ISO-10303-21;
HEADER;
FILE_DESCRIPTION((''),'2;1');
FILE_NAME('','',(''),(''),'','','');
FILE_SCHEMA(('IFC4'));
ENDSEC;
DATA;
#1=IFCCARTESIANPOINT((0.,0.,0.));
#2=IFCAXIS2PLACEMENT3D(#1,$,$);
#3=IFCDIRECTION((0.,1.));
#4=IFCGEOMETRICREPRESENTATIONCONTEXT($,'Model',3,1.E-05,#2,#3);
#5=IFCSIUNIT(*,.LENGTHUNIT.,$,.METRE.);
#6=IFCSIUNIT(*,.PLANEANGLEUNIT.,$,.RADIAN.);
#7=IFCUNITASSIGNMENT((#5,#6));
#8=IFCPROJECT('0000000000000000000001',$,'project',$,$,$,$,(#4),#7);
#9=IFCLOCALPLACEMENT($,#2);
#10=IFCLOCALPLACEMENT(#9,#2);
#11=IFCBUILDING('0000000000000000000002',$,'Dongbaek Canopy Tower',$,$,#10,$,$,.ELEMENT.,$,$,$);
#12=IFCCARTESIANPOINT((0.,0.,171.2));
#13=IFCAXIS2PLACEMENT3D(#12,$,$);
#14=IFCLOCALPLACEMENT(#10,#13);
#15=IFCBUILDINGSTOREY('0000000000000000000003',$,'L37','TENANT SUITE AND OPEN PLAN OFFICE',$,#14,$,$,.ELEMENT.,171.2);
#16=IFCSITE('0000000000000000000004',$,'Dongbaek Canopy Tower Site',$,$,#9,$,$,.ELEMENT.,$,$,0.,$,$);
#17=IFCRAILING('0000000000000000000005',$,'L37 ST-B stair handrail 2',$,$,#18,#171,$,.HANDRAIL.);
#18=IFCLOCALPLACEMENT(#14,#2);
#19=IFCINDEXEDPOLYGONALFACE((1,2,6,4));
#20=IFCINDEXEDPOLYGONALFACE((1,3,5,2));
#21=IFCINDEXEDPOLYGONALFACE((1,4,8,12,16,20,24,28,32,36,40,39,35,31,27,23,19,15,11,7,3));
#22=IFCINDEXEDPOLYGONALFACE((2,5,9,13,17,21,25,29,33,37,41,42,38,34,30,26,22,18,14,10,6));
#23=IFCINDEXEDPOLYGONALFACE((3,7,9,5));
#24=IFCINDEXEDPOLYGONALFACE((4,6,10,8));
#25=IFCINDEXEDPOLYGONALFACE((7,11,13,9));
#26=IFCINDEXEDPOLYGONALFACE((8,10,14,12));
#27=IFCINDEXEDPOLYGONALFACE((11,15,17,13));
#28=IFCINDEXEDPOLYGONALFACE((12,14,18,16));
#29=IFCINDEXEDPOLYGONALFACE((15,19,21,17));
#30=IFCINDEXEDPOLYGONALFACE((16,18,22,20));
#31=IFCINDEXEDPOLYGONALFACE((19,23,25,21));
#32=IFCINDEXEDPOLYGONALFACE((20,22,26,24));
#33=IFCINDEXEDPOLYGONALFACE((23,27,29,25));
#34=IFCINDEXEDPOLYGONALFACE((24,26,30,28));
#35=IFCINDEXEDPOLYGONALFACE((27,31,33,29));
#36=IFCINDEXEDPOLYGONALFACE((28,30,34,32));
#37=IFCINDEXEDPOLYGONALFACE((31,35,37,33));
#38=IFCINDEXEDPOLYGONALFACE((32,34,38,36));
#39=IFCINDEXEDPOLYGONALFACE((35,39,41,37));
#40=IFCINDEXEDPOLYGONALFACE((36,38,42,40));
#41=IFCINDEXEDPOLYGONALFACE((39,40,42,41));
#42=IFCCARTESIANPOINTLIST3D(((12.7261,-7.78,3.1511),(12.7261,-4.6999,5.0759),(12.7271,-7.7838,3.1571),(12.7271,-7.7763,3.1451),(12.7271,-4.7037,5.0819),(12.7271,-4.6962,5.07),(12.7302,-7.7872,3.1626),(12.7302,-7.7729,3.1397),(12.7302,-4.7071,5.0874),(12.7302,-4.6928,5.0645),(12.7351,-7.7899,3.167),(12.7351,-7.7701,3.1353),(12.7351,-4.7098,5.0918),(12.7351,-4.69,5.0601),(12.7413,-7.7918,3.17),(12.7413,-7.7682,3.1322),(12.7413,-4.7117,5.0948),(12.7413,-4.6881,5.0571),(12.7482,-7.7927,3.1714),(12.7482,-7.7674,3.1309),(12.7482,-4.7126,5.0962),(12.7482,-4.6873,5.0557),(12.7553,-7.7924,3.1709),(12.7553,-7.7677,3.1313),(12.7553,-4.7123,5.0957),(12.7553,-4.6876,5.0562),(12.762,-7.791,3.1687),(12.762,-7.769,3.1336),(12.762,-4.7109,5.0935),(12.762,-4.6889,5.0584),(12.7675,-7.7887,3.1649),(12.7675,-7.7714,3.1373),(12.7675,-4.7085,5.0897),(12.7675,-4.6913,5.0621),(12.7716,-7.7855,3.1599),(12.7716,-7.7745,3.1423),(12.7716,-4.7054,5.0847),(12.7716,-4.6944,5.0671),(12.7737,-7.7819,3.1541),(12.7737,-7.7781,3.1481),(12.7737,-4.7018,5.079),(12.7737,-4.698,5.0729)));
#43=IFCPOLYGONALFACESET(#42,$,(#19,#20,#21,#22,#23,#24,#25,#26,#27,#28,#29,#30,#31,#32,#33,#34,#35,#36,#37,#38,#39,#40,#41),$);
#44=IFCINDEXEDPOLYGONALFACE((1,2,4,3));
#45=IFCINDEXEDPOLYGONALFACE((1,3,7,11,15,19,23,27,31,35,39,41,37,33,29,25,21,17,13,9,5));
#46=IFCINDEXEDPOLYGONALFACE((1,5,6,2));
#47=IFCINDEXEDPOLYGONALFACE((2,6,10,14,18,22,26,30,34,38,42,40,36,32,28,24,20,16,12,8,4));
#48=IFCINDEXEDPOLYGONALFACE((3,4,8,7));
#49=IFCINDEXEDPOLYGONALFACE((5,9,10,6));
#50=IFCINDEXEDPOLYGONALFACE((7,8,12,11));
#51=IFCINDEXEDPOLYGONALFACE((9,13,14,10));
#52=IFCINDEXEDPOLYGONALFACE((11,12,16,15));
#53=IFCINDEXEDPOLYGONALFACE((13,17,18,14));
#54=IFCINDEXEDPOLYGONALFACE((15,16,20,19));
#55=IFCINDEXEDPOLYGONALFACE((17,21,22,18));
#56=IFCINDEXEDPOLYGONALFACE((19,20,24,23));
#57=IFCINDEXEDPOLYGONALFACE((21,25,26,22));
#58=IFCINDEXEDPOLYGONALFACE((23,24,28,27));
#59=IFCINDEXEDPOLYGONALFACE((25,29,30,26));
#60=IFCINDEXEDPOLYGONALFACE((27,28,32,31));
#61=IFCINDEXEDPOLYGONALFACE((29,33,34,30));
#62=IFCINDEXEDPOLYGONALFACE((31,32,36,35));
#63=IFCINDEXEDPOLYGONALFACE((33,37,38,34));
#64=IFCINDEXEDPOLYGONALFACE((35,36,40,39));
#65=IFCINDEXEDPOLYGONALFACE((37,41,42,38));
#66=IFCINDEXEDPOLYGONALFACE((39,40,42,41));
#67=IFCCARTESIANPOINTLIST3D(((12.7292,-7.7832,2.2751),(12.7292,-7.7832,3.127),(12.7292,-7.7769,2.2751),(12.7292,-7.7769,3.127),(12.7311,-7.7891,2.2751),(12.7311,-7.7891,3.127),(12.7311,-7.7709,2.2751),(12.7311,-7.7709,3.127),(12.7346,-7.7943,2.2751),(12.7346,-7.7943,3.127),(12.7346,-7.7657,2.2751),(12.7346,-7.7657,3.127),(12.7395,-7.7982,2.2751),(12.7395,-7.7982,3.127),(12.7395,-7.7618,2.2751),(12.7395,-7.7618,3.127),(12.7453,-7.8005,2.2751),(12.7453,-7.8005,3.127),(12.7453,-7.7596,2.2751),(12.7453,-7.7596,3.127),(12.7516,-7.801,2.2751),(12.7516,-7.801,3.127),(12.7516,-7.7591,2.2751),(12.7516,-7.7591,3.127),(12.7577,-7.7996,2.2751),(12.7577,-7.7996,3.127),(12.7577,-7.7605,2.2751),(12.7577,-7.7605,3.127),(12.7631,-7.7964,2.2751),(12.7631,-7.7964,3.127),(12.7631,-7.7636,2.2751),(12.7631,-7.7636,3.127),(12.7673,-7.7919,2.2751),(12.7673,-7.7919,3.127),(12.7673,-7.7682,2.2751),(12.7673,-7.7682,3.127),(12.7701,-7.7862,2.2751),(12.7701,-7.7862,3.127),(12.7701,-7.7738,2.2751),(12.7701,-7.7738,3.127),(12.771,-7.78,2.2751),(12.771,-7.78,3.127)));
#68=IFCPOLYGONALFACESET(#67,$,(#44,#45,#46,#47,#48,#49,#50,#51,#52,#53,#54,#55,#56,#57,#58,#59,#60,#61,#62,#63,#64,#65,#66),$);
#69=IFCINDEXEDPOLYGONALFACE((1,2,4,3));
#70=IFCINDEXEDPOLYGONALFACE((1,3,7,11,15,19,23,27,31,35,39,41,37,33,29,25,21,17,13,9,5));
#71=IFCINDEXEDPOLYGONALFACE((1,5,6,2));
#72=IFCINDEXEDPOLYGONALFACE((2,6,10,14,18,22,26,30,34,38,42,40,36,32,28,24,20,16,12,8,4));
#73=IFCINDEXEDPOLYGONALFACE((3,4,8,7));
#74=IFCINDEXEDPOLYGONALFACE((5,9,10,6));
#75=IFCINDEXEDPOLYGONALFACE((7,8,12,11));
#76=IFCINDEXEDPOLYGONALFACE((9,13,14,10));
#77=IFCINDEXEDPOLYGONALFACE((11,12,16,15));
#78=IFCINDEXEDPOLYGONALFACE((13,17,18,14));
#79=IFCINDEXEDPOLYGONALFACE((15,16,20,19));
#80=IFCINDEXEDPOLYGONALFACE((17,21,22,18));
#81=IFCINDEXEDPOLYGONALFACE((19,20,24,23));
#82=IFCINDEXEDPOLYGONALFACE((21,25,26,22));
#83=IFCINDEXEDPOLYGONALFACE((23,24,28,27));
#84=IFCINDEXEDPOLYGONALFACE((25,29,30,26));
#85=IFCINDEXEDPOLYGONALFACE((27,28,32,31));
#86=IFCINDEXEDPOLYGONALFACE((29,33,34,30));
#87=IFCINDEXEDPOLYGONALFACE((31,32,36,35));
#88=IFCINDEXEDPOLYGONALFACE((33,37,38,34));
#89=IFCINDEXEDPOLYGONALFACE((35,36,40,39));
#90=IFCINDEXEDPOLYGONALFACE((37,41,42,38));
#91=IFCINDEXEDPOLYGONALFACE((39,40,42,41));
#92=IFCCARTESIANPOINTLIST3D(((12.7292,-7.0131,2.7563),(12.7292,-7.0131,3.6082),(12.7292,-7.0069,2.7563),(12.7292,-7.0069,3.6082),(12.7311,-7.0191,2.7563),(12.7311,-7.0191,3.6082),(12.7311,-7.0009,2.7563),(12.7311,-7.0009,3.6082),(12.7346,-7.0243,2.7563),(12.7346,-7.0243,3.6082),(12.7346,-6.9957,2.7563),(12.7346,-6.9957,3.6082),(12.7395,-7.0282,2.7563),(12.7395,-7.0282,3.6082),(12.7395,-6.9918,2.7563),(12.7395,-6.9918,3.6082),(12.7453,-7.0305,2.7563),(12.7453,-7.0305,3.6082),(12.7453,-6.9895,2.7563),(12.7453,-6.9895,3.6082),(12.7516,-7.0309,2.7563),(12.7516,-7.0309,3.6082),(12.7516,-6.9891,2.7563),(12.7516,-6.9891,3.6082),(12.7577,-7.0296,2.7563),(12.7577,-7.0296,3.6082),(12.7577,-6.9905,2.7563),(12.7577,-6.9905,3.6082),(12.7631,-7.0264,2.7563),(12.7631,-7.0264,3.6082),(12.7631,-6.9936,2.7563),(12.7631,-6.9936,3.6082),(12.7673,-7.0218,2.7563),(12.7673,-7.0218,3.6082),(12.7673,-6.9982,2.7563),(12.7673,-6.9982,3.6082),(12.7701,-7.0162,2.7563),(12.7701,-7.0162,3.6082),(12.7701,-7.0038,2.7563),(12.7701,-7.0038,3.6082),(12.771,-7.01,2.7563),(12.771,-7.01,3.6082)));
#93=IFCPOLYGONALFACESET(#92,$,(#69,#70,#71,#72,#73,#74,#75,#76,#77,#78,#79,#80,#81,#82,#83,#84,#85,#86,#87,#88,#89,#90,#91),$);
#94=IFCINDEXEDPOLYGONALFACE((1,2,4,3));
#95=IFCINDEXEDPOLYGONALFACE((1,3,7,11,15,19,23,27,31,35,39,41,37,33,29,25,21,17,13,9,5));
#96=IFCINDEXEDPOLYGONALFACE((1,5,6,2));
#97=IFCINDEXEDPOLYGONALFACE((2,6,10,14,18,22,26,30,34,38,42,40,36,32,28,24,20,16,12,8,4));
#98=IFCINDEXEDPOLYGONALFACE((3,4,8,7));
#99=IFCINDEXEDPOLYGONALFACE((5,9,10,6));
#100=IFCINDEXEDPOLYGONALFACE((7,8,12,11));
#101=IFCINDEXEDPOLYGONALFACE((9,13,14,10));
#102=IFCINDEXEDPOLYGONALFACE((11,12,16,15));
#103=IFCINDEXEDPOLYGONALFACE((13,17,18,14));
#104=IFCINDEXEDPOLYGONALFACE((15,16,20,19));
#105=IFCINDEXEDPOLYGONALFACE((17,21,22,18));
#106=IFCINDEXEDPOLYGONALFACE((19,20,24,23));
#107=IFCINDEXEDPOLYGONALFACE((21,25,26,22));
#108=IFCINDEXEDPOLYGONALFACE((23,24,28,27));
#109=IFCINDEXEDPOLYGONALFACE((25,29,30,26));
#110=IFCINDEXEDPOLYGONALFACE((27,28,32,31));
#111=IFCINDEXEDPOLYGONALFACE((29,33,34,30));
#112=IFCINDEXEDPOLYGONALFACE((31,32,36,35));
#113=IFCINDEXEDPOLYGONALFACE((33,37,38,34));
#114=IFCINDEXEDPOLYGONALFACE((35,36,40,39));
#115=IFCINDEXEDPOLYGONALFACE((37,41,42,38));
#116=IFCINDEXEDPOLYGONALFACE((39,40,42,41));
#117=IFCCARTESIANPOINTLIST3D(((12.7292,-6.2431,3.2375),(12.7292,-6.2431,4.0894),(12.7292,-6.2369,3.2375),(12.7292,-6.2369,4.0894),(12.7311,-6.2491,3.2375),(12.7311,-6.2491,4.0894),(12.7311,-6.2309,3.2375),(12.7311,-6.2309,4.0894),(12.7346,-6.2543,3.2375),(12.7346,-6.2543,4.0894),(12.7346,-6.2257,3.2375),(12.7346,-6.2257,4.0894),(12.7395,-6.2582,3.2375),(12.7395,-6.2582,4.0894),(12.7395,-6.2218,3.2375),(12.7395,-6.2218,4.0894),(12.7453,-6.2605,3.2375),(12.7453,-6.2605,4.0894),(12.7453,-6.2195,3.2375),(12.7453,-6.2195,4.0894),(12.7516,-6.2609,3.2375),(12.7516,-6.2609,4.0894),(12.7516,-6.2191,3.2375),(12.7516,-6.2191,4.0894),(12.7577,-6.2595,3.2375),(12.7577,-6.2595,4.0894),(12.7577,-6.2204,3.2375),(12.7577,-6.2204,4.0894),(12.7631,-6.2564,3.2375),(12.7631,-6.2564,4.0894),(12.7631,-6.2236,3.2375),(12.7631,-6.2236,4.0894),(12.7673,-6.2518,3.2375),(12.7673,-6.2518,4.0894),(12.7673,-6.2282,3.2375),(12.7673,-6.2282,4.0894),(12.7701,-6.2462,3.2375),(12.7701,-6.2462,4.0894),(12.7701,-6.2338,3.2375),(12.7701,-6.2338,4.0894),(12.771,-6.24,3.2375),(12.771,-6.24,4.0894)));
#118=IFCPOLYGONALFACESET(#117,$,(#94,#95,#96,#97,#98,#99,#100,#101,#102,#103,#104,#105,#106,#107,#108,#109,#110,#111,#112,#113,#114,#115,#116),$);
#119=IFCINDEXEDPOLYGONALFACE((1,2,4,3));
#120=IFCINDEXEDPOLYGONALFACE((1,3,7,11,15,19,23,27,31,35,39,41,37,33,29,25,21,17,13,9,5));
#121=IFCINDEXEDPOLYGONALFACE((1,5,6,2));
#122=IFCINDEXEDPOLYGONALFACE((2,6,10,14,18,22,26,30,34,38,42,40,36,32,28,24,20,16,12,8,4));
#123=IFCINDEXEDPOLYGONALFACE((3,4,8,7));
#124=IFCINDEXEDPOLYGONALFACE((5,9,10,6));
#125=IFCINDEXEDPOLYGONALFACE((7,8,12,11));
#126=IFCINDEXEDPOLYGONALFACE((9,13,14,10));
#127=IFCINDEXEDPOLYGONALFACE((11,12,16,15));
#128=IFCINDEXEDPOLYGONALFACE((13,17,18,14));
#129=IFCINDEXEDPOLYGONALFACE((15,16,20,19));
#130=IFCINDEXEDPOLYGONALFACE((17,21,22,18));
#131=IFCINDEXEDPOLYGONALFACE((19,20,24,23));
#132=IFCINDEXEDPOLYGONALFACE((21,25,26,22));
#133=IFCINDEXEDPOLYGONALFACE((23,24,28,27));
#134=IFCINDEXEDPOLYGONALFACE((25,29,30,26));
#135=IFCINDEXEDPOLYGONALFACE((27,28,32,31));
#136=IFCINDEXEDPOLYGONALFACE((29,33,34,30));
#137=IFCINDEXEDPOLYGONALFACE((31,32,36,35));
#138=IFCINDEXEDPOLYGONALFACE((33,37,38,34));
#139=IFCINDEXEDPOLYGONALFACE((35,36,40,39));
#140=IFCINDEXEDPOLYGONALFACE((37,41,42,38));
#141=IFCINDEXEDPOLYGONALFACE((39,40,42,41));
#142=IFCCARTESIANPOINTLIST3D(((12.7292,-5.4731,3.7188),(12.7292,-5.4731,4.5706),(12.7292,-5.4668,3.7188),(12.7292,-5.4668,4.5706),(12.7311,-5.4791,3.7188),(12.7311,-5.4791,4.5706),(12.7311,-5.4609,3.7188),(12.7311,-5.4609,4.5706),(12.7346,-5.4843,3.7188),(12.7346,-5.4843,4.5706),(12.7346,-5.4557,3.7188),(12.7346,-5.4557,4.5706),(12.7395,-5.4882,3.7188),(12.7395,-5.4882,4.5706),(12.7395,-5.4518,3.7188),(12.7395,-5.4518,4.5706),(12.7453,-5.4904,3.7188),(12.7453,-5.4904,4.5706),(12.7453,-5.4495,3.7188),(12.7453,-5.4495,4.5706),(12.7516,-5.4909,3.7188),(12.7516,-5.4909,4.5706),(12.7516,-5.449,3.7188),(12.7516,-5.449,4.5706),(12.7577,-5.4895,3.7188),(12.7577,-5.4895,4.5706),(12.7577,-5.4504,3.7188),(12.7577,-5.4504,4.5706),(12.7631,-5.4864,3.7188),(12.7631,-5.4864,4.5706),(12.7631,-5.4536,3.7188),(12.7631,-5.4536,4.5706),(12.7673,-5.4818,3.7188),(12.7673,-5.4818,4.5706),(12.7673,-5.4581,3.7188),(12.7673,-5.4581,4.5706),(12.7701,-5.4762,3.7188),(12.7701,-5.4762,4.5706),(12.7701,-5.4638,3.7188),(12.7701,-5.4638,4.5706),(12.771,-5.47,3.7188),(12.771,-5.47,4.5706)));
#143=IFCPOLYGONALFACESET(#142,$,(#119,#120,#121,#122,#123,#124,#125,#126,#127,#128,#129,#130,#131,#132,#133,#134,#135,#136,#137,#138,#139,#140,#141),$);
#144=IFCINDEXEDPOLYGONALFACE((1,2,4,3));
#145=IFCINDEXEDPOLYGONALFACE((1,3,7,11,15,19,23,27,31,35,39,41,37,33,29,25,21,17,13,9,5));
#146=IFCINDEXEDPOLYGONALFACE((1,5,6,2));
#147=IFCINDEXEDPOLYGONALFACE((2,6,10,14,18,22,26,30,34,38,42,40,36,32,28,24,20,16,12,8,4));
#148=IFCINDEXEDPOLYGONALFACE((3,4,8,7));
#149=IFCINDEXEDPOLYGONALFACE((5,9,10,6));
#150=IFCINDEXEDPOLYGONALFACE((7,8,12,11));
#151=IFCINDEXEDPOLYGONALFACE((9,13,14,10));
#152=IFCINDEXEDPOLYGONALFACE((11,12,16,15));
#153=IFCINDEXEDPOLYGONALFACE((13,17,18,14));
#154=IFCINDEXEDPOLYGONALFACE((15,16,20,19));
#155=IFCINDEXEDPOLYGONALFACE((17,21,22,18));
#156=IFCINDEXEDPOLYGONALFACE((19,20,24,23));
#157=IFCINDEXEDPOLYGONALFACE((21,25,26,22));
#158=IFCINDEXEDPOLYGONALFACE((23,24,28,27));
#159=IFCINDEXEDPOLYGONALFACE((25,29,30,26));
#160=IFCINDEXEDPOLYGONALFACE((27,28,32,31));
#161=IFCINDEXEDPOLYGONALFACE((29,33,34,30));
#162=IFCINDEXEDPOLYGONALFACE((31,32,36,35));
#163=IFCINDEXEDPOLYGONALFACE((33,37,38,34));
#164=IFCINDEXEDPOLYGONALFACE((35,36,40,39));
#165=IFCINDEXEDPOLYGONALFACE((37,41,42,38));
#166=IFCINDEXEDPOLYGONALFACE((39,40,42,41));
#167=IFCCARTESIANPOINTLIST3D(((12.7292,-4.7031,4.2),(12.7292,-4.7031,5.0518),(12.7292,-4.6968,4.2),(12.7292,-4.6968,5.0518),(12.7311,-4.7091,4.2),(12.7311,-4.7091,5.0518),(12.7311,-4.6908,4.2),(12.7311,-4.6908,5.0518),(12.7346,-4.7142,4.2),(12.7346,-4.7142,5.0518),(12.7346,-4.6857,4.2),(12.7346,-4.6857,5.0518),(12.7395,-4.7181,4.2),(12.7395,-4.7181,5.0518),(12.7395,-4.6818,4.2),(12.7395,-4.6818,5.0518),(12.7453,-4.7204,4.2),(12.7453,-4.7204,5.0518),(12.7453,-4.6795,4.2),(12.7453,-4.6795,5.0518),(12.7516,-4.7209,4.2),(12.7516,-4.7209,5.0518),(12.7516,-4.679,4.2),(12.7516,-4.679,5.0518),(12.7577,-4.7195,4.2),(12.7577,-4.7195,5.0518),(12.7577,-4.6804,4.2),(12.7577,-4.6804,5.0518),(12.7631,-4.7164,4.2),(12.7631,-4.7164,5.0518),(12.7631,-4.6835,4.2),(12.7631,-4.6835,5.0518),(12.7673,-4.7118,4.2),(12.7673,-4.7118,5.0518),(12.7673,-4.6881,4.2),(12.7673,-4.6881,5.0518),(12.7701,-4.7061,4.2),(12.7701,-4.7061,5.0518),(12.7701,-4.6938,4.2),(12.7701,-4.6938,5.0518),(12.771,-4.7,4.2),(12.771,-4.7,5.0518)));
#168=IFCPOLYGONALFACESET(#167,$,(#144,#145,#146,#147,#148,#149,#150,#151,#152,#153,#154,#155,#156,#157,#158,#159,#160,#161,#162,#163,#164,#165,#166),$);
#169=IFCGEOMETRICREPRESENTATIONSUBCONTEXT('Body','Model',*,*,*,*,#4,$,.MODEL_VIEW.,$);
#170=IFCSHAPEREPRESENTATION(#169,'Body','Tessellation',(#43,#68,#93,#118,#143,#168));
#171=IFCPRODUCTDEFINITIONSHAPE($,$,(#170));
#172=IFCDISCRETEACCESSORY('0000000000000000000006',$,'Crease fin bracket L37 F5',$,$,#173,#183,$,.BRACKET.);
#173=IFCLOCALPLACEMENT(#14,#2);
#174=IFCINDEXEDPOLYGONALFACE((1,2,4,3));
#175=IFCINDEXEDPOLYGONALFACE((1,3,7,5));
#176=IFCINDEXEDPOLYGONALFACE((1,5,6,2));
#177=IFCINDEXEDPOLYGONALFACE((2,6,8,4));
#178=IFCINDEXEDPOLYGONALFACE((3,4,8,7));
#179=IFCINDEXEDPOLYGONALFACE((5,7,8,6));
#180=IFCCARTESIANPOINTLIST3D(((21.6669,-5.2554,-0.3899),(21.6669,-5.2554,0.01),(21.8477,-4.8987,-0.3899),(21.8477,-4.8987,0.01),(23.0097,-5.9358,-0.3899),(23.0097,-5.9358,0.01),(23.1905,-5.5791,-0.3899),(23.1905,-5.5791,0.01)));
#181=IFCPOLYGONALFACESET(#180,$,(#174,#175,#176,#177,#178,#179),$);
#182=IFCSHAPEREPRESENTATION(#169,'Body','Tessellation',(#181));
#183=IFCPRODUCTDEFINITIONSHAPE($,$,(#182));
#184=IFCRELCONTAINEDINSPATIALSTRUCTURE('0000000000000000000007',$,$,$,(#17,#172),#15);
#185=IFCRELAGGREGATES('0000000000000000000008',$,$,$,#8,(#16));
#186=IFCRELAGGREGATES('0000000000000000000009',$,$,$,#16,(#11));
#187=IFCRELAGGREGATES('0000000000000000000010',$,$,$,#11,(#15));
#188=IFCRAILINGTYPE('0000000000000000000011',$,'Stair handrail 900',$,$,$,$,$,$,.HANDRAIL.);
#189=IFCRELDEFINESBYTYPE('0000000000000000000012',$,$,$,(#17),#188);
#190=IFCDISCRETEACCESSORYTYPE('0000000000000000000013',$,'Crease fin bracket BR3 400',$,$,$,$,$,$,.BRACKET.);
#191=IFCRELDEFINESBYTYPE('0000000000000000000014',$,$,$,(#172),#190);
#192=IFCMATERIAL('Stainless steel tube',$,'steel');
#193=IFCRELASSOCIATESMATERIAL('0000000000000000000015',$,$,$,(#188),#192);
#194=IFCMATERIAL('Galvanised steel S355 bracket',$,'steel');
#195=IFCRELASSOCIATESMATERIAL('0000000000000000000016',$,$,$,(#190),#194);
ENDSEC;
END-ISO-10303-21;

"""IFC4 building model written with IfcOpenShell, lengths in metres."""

from ifc_helpers import new_model, si_unit, direction, frame, origin, origin_2d, place, context, subcontext, project, spatial, rectangle, circle, extrude, material, type_object, element, save


model = new_model("IFC4")

# Units and contexts
model_context = context("Model", 3, precision=1e-05, world=origin(), true_north=direction((0.0, 1.0)))
body_context = subcontext(model_context, "Body", "Model", "MODEL_VIEW")
ifc_project = project(units=[si_unit("LENGTHUNIT", "METRE"), si_unit("PLANEANGLEUNIT", "RADIAN")], contexts=[model_context])

# Site, building, storey
site_placement = place(None, origin())
site = spatial("IfcSite", under=ifc_project, at=site_placement, Name="Dongbaek Canopy Tower Site", CompositionType="ELEMENT", RefElevation=0.0)
building_placement = place(site_placement, origin())
building = spatial("IfcBuilding", under=site, at=building_placement, Name="Dongbaek Canopy Tower", CompositionType="ELEMENT")
storey_placement = place(building_placement, frame((0.0, 0.0, 171.2)))
storey = spatial("IfcBuildingStorey", under=building, at=storey_placement, Name="L37", Description="TENANT SUITE AND OPEN PLAN OFFICE", CompositionType="ELEMENT", Elevation=171.2)

# Railing
ifc_material_1 = material(Name="Stainless steel tube", Category="steel")
railing_type = type_object("IfcRailingType", Name="Stair handrail 900", PredefinedType="HANDRAIL", material=ifc_material_1)
railing_placement = place(storey_placement, frame((12.75, -7.78, 2.2751)))
element("IfcRailing", 1, at=railing_placement, inside=storey, type_object=railing_type, Name="L37 ST-B stair handrail 2", PredefinedType="HANDRAIL", context=body_context, shape_type="SweptSolid", body=[
    extrude(circle(Radius=0.0239, at=origin_2d()), frame((0.0, 0.0, 0.876), z_axis=(0.0, 0.848029, 0.529951), x_axis=(-1.0, 0.0, 0.0)), (0.0, 0.0, 1.0), 3.6321),
    extrude(circle(Radius=0.021, at=origin_2d()), origin(), (0.0, 0.0, 1.0), 0.8518),
    extrude(circle(Radius=0.021, at=origin_2d()), frame((0.0, 0.77, 0.4812)), (0.0, 0.0, 1.0), 0.8518),
    extrude(circle(Radius=0.021, at=origin_2d()), frame((0.0, 1.54, 0.9624)), (0.0, 0.0, 1.0), 0.8518),
    extrude(circle(Radius=0.021, at=origin_2d()), frame((0.0, 2.3101, 1.4436)), (0.0, 0.0, 1.0), 0.8518),
    extrude(circle(Radius=0.021, at=origin_2d()), frame((0.0, 3.0801, 1.9248)), (0.0, 0.0, 1.0), 0.8518),
])

# Discrete accessory
ifc_material_2 = material(Name="Galvanised steel S355 bracket", Category="steel")
discrete_accessory_type = type_object("IfcDiscreteAccessoryType", Name="Crease fin bracket BR3 400", PredefinedType="BRACKET", material=ifc_material_2)
discrete_accessory_placement = place(storey_placement, frame((22.4287, -5.4172, -0.3899), z_axis=(0.0, 0.0, 1.0), x_axis=(0.892013, -0.45201, 0.0)))
element("IfcDiscreteAccessory", 2, at=discrete_accessory_placement, inside=storey, type_object=discrete_accessory_type, Name="Crease fin bracket L37 F5", PredefinedType="BRACKET", context=body_context, shape_type="SweptSolid", body=[
    extrude(rectangle(XDim=1.5054, YDim=0.3999, at=origin_2d()), origin(), (0.0, 0.0, 1.0), 0.3999),
])

save(model, "model.ifc")
